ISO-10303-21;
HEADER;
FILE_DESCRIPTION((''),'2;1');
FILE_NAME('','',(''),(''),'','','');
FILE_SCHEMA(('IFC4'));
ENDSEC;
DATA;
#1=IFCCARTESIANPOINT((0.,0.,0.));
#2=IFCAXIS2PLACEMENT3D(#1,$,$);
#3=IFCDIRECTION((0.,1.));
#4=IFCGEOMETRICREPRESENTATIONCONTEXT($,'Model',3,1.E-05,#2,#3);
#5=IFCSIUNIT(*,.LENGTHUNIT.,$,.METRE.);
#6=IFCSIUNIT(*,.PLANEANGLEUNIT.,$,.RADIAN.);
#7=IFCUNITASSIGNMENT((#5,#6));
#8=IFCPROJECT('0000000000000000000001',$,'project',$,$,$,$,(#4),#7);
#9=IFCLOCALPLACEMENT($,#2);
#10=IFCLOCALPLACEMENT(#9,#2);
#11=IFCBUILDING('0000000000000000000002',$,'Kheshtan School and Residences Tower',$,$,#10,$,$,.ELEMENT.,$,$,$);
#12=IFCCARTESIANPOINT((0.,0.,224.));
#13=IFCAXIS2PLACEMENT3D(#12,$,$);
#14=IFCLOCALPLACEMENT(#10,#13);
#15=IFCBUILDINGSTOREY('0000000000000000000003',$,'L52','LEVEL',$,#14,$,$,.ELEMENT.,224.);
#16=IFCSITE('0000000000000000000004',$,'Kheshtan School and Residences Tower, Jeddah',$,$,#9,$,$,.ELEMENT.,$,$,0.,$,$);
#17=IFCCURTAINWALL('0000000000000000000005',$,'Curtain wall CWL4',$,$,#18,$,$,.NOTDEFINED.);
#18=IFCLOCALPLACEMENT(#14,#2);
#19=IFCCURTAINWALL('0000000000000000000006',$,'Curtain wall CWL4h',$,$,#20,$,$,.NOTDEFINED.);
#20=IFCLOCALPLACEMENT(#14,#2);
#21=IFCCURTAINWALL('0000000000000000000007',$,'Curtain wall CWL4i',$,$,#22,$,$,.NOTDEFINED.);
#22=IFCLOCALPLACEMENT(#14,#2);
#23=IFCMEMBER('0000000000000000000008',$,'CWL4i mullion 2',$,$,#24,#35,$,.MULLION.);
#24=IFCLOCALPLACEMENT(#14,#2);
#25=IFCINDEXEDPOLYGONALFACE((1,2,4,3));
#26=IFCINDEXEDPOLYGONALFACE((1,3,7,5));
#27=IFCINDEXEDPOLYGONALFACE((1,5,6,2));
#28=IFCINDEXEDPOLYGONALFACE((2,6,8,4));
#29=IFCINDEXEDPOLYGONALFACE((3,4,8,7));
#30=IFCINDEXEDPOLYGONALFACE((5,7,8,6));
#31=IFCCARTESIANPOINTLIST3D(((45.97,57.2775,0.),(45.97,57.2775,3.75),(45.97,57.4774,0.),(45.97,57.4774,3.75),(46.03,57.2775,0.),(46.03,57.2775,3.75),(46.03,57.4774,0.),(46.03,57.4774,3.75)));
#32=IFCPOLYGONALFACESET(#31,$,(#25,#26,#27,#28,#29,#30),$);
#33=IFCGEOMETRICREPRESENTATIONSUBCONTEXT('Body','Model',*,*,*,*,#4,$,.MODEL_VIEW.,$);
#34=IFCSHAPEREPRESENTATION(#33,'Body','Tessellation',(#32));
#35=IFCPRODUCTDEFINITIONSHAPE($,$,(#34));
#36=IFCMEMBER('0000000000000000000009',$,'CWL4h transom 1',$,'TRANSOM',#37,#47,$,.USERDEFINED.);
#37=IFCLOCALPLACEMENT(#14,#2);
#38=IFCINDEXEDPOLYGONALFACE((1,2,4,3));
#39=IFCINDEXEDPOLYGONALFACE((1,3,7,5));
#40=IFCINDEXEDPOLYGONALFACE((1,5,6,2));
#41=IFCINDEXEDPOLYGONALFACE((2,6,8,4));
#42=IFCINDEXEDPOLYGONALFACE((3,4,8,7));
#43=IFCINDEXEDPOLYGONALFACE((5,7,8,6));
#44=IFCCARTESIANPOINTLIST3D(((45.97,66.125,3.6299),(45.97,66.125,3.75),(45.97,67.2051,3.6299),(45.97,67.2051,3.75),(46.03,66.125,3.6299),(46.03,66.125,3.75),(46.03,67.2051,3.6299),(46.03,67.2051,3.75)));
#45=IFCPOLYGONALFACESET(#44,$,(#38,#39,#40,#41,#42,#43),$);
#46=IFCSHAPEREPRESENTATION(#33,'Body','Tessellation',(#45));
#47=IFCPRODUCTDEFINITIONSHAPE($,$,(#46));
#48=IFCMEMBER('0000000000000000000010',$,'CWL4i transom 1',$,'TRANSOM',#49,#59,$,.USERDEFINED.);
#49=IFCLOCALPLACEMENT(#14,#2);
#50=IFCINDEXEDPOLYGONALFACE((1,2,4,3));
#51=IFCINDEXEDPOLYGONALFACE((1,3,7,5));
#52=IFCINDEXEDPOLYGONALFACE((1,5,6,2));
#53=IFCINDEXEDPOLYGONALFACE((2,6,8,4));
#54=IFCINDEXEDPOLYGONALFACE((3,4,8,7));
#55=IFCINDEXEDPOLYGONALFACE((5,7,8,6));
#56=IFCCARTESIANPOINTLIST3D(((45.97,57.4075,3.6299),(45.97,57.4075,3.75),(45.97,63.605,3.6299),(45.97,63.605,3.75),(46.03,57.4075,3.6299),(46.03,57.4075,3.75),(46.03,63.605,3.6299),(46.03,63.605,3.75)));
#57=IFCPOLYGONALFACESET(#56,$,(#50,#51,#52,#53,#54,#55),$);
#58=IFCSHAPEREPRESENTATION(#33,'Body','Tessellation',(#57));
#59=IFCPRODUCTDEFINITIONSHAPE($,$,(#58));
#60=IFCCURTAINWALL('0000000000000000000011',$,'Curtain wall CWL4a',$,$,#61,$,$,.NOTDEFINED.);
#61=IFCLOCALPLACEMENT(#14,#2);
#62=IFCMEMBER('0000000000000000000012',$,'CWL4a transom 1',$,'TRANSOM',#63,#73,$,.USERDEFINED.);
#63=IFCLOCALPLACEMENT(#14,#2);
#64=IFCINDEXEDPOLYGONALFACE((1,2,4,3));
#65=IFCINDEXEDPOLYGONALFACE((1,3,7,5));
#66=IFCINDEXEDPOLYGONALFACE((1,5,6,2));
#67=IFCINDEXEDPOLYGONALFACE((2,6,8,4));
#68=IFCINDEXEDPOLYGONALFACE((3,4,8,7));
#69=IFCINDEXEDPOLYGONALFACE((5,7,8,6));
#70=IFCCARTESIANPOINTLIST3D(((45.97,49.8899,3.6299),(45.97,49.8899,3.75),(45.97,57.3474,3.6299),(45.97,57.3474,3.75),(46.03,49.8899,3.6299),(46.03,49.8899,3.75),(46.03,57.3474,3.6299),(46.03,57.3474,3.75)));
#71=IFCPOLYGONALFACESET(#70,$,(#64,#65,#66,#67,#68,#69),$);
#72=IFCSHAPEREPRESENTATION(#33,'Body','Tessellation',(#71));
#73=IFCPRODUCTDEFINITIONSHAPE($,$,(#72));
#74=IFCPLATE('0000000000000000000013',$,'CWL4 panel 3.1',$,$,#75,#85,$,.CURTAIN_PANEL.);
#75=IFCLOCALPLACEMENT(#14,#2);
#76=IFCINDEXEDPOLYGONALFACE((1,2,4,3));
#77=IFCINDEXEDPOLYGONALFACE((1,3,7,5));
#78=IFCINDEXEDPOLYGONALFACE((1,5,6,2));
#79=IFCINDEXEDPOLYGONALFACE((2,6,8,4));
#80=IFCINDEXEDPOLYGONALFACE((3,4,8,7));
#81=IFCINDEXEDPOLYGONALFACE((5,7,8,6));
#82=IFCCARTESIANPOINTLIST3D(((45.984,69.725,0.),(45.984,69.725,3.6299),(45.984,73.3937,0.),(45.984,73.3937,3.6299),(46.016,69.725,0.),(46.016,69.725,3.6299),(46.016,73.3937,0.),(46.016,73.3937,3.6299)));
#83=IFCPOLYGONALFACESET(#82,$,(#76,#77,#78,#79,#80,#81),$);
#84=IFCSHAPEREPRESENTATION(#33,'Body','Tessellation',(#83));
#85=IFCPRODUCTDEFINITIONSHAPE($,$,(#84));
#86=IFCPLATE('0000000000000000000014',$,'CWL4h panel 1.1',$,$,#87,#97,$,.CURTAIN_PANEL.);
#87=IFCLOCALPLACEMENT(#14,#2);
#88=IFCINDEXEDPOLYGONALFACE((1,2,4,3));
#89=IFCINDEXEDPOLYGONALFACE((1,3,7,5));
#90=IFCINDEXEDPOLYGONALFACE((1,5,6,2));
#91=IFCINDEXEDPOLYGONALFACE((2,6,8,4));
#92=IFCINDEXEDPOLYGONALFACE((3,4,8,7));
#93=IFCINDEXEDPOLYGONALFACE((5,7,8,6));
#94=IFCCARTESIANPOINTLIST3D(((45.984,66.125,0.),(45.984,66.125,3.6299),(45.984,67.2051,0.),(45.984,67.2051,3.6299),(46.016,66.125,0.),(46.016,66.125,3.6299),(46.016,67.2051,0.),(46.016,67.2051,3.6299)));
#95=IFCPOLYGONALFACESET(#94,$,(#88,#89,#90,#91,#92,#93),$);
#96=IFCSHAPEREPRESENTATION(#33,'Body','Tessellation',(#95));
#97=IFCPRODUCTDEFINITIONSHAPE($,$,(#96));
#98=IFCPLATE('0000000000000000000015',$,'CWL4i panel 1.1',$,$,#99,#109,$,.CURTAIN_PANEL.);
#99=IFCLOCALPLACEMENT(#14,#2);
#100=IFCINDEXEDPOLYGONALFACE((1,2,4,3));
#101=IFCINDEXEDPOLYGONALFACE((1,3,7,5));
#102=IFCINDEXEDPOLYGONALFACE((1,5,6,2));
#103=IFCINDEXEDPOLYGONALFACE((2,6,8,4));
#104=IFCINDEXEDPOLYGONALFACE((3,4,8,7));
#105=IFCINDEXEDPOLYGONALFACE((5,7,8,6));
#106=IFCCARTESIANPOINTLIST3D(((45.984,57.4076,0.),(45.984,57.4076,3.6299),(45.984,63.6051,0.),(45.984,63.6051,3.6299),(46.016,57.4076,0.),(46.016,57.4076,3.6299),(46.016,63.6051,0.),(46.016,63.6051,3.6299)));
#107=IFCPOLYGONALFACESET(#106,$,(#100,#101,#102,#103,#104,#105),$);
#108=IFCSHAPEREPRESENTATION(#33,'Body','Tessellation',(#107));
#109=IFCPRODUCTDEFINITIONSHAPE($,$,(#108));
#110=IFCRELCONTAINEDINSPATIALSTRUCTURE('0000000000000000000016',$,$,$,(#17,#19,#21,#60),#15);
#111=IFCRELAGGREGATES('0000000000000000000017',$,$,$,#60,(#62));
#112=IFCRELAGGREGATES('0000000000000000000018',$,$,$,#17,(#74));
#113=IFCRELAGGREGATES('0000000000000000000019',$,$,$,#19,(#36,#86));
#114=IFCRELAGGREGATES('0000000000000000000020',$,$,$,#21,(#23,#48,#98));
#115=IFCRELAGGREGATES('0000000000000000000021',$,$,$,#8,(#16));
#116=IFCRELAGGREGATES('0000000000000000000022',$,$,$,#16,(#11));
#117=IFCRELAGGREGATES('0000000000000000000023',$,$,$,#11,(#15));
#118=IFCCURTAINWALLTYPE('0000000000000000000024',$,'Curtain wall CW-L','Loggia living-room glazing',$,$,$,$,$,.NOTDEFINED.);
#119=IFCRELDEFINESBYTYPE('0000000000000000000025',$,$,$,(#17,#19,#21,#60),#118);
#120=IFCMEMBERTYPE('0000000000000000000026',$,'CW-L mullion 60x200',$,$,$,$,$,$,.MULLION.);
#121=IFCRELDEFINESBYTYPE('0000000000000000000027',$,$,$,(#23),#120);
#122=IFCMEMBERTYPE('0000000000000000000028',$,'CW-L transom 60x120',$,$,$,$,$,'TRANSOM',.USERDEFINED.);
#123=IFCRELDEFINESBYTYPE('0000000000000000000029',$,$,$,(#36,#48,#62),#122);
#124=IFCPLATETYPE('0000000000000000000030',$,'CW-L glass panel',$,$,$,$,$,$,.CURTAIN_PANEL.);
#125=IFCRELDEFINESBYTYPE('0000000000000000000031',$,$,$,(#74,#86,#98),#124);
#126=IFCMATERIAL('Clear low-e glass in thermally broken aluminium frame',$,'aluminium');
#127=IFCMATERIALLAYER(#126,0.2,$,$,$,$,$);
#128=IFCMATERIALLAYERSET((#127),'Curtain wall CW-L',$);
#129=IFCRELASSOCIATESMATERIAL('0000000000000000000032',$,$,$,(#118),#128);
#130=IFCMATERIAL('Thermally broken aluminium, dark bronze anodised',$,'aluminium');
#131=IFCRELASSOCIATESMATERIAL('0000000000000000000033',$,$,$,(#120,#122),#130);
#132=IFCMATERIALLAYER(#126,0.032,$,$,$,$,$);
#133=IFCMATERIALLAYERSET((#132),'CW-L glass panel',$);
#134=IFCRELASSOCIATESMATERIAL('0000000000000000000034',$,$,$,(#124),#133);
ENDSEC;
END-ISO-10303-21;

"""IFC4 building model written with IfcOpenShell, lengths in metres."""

from ifc_helpers import new_model, si_unit, direction, frame, origin, origin_2d, place, context, subcontext, project, spatial, rectangle, extrude, material, layer, layer_set, material_profile, profile_set, type_object, element, aggregate, save


model = new_model("IFC4")

# Units and contexts
model_context = context("Model", 3, precision=1e-05, world=origin(), true_north=direction((0.0, 1.0)))
body_context = subcontext(model_context, "Body", "Model", "MODEL_VIEW")
ifc_project = project(units=[si_unit("LENGTHUNIT", "METRE"), si_unit("PLANEANGLEUNIT", "RADIAN")], contexts=[model_context])

# Site, building, storey
site_placement = place(None, origin())
site = spatial("IfcSite", under=ifc_project, at=site_placement, Name="Kheshtan School and Residences Tower, Jeddah", CompositionType="ELEMENT", RefElevation=0.0)
building_placement = place(site_placement, origin())
building = spatial("IfcBuilding", under=site, at=building_placement, Name="Kheshtan School and Residences Tower", CompositionType="ELEMENT")
storey_placement = place(building_placement, frame((0.0, 0.0, 224.0)))
storey = spatial("IfcBuildingStorey", under=building, at=storey_placement, Name="L52", Description="LEVEL", CompositionType="ELEMENT", Elevation=224.0)

# Curtain wall
ifc_material_1 = material(Name="Clear low-e glass in thermally broken aluminium frame", Category="aluminium")
ifc_layer_1 = layer(ifc_material_1, 0.2)
ifc_layer_set_1 = layer_set([ifc_layer_1], Name="Curtain wall CW-L")
curtain_wall_type = type_object("IfcCurtainWallType", Name="Curtain wall CW-L", Description="Loggia living-room glazing", PredefinedType="NOTDEFINED", material=ifc_layer_set_1)
curtain_wall_1_placement = place(storey_placement, origin())
curtain_wall_1 = element("IfcCurtainWall", 1, at=curtain_wall_1_placement, inside=storey, type_object=curtain_wall_type, Name="Curtain wall CWL4", PredefinedType="NOTDEFINED")
ifc_material_2 = material(Name="Thermally broken aluminium, dark bronze anodised", Category="aluminium")
ifc_material_profile_1 = material_profile(ifc_material_2, rectangle(XDim=0.0601, YDim=0.2, at=origin_2d()), Name="CW-L mullion 60x200")
ifc_profile_set_1 = profile_set([ifc_material_profile_1], Name="Thermally broken aluminium, dark bronze anodised")
member_type_1 = type_object("IfcMemberType", Name="CW-L mullion 60x200", PredefinedType="MULLION", material=ifc_profile_set_1)

# Curtain walls, member
curtain_wall_2_placement = place(storey_placement, origin())
curtain_wall_2 = element("IfcCurtainWall", 2, at=curtain_wall_2_placement, inside=storey, type_object=curtain_wall_type, Name="Curtain wall CWL4h", PredefinedType="NOTDEFINED")
curtain_wall_3_placement = place(storey_placement, origin())
curtain_wall_3 = element("IfcCurtainWall", 3, at=curtain_wall_3_placement, inside=storey, type_object=curtain_wall_type, Name="Curtain wall CWL4i", PredefinedType="NOTDEFINED")
member_1_placement = place(storey_placement, frame((46.0, 57.3774, 0.0), z_axis=(0.0, 0.0, 1.0), x_axis=(1.0, 0.0, 0.0)))
member_1 = element("IfcMember", 4, at=member_1_placement, type_object=member_type_1, Name="CWL4i mullion 2", PredefinedType="MULLION", context=body_context, shape_type="SweptSolid", body=[
    extrude(rectangle(XDim=0.0601, YDim=0.2, at=origin_2d()), origin(), (0.0, 0.0, 1.0), 3.75),
])

# Members
ifc_material_profile_2 = material_profile(ifc_material_2, rectangle(XDim=0.0601, YDim=0.1201, at=origin_2d()), Name="CW-L transom 60x120")
ifc_profile_set_2 = profile_set([ifc_material_profile_2], Name="Thermally broken aluminium, dark bronze anodised")
member_type_2 = type_object("IfcMemberType", Name="CW-L transom 60x120", ElementType="TRANSOM", PredefinedType="USERDEFINED", material=ifc_profile_set_2)
member_2_placement = place(storey_placement, frame((46.0, 67.2051, 3.6899), z_axis=(0.0, -1.0, 0.0), x_axis=(1.0, 0.0, 0.0)))
member_2 = element("IfcMember", 5, at=member_2_placement, type_object=member_type_2, Name="CWL4h transom 1", ObjectType="TRANSOM", PredefinedType="USERDEFINED", context=body_context, shape_type="SweptSolid", body=[
    extrude(rectangle(XDim=0.0601, YDim=0.1201, at=origin_2d()), origin(), (0.0, 0.0, 1.0), 1.0801),
])
member_3_placement = place(storey_placement, frame((46.0, 63.605, 3.6899), z_axis=(0.0, -1.0, 0.0), x_axis=(1.0, 0.0, 0.0)))
member_3 = element("IfcMember", 6, at=member_3_placement, type_object=member_type_2, Name="CWL4i transom 1", ObjectType="TRANSOM", PredefinedType="USERDEFINED", context=body_context, shape_type="SweptSolid", body=[
    extrude(rectangle(XDim=0.0601, YDim=0.1201, at=origin_2d()), origin(), (0.0, 0.0, 1.0), 6.1975),
])

# Curtain wall, member
curtain_wall_4_placement = place(storey_placement, origin())
curtain_wall_4 = element("IfcCurtainWall", 7, at=curtain_wall_4_placement, inside=storey, type_object=curtain_wall_type, Name="Curtain wall CWL4a", PredefinedType="NOTDEFINED")
member_4_placement = place(storey_placement, frame((46.0, 57.3474, 3.6899), z_axis=(0.0, -1.0, 0.0), x_axis=(1.0, 0.0, 0.0)))
member_4 = element("IfcMember", 8, at=member_4_placement, type_object=member_type_2, Name="CWL4a transom 1", ObjectType="TRANSOM", PredefinedType="USERDEFINED", context=body_context, shape_type="SweptSolid", body=[
    extrude(rectangle(XDim=0.0601, YDim=0.1201, at=origin_2d()), origin(), (0.0, 0.0, 1.0), 7.4575),
])
aggregate(curtain_wall_4, [member_4])

# Plates
ifc_layer_2 = layer(ifc_material_1, 0.032)
ifc_layer_set_2 = layer_set([ifc_layer_2], Name="CW-L glass panel")
plate_type = type_object("IfcPlateType", Name="CW-L glass panel", PredefinedType="CURTAIN_PANEL", material=ifc_layer_set_2)
plate_1_placement = place(storey_placement, frame((46.0, 71.5593, 0.0), z_axis=(0.0, 0.0, 1.0), x_axis=(0.0, -1.0, 0.0)))
plate_1 = element("IfcPlate", 9, at=plate_1_placement, type_object=plate_type, Name="CWL4 panel 3.1", PredefinedType="CURTAIN_PANEL", context=body_context, shape_type="SweptSolid", body=[
    extrude(rectangle(XDim=3.6687, YDim=0.032, at=origin_2d()), origin(), (0.0, 0.0, 1.0), 3.6299),
])
aggregate(curtain_wall_1, [plate_1])
plate_2_placement = place(storey_placement, frame((46.0, 66.665, 0.0), z_axis=(0.0, 0.0, 1.0), x_axis=(0.0, -1.0, 0.0)))
plate_2 = element("IfcPlate", 10, at=plate_2_placement, type_object=plate_type, Name="CWL4h panel 1.1", PredefinedType="CURTAIN_PANEL", context=body_context, shape_type="SweptSolid", body=[
    extrude(rectangle(XDim=1.0801, YDim=0.032, at=origin_2d()), origin(), (0.0, 0.0, 1.0), 3.6299),
])
aggregate(curtain_wall_2, [member_2, plate_2])
plate_3_placement = place(storey_placement, frame((46.0, 60.5063, 0.0), z_axis=(0.0, 0.0, 1.0), x_axis=(0.0, -1.0, 0.0)))
plate_3 = element("IfcPlate", 11, at=plate_3_placement, type_object=plate_type, Name="CWL4i panel 1.1", PredefinedType="CURTAIN_PANEL", context=body_context, shape_type="SweptSolid", body=[
    extrude(rectangle(XDim=6.1975, YDim=0.032, at=origin_2d()), origin(), (0.0, 0.0, 1.0), 3.6299),
])
aggregate(curtain_wall_3, [member_1, member_3, plate_3])

save(model, "model.ifc")
